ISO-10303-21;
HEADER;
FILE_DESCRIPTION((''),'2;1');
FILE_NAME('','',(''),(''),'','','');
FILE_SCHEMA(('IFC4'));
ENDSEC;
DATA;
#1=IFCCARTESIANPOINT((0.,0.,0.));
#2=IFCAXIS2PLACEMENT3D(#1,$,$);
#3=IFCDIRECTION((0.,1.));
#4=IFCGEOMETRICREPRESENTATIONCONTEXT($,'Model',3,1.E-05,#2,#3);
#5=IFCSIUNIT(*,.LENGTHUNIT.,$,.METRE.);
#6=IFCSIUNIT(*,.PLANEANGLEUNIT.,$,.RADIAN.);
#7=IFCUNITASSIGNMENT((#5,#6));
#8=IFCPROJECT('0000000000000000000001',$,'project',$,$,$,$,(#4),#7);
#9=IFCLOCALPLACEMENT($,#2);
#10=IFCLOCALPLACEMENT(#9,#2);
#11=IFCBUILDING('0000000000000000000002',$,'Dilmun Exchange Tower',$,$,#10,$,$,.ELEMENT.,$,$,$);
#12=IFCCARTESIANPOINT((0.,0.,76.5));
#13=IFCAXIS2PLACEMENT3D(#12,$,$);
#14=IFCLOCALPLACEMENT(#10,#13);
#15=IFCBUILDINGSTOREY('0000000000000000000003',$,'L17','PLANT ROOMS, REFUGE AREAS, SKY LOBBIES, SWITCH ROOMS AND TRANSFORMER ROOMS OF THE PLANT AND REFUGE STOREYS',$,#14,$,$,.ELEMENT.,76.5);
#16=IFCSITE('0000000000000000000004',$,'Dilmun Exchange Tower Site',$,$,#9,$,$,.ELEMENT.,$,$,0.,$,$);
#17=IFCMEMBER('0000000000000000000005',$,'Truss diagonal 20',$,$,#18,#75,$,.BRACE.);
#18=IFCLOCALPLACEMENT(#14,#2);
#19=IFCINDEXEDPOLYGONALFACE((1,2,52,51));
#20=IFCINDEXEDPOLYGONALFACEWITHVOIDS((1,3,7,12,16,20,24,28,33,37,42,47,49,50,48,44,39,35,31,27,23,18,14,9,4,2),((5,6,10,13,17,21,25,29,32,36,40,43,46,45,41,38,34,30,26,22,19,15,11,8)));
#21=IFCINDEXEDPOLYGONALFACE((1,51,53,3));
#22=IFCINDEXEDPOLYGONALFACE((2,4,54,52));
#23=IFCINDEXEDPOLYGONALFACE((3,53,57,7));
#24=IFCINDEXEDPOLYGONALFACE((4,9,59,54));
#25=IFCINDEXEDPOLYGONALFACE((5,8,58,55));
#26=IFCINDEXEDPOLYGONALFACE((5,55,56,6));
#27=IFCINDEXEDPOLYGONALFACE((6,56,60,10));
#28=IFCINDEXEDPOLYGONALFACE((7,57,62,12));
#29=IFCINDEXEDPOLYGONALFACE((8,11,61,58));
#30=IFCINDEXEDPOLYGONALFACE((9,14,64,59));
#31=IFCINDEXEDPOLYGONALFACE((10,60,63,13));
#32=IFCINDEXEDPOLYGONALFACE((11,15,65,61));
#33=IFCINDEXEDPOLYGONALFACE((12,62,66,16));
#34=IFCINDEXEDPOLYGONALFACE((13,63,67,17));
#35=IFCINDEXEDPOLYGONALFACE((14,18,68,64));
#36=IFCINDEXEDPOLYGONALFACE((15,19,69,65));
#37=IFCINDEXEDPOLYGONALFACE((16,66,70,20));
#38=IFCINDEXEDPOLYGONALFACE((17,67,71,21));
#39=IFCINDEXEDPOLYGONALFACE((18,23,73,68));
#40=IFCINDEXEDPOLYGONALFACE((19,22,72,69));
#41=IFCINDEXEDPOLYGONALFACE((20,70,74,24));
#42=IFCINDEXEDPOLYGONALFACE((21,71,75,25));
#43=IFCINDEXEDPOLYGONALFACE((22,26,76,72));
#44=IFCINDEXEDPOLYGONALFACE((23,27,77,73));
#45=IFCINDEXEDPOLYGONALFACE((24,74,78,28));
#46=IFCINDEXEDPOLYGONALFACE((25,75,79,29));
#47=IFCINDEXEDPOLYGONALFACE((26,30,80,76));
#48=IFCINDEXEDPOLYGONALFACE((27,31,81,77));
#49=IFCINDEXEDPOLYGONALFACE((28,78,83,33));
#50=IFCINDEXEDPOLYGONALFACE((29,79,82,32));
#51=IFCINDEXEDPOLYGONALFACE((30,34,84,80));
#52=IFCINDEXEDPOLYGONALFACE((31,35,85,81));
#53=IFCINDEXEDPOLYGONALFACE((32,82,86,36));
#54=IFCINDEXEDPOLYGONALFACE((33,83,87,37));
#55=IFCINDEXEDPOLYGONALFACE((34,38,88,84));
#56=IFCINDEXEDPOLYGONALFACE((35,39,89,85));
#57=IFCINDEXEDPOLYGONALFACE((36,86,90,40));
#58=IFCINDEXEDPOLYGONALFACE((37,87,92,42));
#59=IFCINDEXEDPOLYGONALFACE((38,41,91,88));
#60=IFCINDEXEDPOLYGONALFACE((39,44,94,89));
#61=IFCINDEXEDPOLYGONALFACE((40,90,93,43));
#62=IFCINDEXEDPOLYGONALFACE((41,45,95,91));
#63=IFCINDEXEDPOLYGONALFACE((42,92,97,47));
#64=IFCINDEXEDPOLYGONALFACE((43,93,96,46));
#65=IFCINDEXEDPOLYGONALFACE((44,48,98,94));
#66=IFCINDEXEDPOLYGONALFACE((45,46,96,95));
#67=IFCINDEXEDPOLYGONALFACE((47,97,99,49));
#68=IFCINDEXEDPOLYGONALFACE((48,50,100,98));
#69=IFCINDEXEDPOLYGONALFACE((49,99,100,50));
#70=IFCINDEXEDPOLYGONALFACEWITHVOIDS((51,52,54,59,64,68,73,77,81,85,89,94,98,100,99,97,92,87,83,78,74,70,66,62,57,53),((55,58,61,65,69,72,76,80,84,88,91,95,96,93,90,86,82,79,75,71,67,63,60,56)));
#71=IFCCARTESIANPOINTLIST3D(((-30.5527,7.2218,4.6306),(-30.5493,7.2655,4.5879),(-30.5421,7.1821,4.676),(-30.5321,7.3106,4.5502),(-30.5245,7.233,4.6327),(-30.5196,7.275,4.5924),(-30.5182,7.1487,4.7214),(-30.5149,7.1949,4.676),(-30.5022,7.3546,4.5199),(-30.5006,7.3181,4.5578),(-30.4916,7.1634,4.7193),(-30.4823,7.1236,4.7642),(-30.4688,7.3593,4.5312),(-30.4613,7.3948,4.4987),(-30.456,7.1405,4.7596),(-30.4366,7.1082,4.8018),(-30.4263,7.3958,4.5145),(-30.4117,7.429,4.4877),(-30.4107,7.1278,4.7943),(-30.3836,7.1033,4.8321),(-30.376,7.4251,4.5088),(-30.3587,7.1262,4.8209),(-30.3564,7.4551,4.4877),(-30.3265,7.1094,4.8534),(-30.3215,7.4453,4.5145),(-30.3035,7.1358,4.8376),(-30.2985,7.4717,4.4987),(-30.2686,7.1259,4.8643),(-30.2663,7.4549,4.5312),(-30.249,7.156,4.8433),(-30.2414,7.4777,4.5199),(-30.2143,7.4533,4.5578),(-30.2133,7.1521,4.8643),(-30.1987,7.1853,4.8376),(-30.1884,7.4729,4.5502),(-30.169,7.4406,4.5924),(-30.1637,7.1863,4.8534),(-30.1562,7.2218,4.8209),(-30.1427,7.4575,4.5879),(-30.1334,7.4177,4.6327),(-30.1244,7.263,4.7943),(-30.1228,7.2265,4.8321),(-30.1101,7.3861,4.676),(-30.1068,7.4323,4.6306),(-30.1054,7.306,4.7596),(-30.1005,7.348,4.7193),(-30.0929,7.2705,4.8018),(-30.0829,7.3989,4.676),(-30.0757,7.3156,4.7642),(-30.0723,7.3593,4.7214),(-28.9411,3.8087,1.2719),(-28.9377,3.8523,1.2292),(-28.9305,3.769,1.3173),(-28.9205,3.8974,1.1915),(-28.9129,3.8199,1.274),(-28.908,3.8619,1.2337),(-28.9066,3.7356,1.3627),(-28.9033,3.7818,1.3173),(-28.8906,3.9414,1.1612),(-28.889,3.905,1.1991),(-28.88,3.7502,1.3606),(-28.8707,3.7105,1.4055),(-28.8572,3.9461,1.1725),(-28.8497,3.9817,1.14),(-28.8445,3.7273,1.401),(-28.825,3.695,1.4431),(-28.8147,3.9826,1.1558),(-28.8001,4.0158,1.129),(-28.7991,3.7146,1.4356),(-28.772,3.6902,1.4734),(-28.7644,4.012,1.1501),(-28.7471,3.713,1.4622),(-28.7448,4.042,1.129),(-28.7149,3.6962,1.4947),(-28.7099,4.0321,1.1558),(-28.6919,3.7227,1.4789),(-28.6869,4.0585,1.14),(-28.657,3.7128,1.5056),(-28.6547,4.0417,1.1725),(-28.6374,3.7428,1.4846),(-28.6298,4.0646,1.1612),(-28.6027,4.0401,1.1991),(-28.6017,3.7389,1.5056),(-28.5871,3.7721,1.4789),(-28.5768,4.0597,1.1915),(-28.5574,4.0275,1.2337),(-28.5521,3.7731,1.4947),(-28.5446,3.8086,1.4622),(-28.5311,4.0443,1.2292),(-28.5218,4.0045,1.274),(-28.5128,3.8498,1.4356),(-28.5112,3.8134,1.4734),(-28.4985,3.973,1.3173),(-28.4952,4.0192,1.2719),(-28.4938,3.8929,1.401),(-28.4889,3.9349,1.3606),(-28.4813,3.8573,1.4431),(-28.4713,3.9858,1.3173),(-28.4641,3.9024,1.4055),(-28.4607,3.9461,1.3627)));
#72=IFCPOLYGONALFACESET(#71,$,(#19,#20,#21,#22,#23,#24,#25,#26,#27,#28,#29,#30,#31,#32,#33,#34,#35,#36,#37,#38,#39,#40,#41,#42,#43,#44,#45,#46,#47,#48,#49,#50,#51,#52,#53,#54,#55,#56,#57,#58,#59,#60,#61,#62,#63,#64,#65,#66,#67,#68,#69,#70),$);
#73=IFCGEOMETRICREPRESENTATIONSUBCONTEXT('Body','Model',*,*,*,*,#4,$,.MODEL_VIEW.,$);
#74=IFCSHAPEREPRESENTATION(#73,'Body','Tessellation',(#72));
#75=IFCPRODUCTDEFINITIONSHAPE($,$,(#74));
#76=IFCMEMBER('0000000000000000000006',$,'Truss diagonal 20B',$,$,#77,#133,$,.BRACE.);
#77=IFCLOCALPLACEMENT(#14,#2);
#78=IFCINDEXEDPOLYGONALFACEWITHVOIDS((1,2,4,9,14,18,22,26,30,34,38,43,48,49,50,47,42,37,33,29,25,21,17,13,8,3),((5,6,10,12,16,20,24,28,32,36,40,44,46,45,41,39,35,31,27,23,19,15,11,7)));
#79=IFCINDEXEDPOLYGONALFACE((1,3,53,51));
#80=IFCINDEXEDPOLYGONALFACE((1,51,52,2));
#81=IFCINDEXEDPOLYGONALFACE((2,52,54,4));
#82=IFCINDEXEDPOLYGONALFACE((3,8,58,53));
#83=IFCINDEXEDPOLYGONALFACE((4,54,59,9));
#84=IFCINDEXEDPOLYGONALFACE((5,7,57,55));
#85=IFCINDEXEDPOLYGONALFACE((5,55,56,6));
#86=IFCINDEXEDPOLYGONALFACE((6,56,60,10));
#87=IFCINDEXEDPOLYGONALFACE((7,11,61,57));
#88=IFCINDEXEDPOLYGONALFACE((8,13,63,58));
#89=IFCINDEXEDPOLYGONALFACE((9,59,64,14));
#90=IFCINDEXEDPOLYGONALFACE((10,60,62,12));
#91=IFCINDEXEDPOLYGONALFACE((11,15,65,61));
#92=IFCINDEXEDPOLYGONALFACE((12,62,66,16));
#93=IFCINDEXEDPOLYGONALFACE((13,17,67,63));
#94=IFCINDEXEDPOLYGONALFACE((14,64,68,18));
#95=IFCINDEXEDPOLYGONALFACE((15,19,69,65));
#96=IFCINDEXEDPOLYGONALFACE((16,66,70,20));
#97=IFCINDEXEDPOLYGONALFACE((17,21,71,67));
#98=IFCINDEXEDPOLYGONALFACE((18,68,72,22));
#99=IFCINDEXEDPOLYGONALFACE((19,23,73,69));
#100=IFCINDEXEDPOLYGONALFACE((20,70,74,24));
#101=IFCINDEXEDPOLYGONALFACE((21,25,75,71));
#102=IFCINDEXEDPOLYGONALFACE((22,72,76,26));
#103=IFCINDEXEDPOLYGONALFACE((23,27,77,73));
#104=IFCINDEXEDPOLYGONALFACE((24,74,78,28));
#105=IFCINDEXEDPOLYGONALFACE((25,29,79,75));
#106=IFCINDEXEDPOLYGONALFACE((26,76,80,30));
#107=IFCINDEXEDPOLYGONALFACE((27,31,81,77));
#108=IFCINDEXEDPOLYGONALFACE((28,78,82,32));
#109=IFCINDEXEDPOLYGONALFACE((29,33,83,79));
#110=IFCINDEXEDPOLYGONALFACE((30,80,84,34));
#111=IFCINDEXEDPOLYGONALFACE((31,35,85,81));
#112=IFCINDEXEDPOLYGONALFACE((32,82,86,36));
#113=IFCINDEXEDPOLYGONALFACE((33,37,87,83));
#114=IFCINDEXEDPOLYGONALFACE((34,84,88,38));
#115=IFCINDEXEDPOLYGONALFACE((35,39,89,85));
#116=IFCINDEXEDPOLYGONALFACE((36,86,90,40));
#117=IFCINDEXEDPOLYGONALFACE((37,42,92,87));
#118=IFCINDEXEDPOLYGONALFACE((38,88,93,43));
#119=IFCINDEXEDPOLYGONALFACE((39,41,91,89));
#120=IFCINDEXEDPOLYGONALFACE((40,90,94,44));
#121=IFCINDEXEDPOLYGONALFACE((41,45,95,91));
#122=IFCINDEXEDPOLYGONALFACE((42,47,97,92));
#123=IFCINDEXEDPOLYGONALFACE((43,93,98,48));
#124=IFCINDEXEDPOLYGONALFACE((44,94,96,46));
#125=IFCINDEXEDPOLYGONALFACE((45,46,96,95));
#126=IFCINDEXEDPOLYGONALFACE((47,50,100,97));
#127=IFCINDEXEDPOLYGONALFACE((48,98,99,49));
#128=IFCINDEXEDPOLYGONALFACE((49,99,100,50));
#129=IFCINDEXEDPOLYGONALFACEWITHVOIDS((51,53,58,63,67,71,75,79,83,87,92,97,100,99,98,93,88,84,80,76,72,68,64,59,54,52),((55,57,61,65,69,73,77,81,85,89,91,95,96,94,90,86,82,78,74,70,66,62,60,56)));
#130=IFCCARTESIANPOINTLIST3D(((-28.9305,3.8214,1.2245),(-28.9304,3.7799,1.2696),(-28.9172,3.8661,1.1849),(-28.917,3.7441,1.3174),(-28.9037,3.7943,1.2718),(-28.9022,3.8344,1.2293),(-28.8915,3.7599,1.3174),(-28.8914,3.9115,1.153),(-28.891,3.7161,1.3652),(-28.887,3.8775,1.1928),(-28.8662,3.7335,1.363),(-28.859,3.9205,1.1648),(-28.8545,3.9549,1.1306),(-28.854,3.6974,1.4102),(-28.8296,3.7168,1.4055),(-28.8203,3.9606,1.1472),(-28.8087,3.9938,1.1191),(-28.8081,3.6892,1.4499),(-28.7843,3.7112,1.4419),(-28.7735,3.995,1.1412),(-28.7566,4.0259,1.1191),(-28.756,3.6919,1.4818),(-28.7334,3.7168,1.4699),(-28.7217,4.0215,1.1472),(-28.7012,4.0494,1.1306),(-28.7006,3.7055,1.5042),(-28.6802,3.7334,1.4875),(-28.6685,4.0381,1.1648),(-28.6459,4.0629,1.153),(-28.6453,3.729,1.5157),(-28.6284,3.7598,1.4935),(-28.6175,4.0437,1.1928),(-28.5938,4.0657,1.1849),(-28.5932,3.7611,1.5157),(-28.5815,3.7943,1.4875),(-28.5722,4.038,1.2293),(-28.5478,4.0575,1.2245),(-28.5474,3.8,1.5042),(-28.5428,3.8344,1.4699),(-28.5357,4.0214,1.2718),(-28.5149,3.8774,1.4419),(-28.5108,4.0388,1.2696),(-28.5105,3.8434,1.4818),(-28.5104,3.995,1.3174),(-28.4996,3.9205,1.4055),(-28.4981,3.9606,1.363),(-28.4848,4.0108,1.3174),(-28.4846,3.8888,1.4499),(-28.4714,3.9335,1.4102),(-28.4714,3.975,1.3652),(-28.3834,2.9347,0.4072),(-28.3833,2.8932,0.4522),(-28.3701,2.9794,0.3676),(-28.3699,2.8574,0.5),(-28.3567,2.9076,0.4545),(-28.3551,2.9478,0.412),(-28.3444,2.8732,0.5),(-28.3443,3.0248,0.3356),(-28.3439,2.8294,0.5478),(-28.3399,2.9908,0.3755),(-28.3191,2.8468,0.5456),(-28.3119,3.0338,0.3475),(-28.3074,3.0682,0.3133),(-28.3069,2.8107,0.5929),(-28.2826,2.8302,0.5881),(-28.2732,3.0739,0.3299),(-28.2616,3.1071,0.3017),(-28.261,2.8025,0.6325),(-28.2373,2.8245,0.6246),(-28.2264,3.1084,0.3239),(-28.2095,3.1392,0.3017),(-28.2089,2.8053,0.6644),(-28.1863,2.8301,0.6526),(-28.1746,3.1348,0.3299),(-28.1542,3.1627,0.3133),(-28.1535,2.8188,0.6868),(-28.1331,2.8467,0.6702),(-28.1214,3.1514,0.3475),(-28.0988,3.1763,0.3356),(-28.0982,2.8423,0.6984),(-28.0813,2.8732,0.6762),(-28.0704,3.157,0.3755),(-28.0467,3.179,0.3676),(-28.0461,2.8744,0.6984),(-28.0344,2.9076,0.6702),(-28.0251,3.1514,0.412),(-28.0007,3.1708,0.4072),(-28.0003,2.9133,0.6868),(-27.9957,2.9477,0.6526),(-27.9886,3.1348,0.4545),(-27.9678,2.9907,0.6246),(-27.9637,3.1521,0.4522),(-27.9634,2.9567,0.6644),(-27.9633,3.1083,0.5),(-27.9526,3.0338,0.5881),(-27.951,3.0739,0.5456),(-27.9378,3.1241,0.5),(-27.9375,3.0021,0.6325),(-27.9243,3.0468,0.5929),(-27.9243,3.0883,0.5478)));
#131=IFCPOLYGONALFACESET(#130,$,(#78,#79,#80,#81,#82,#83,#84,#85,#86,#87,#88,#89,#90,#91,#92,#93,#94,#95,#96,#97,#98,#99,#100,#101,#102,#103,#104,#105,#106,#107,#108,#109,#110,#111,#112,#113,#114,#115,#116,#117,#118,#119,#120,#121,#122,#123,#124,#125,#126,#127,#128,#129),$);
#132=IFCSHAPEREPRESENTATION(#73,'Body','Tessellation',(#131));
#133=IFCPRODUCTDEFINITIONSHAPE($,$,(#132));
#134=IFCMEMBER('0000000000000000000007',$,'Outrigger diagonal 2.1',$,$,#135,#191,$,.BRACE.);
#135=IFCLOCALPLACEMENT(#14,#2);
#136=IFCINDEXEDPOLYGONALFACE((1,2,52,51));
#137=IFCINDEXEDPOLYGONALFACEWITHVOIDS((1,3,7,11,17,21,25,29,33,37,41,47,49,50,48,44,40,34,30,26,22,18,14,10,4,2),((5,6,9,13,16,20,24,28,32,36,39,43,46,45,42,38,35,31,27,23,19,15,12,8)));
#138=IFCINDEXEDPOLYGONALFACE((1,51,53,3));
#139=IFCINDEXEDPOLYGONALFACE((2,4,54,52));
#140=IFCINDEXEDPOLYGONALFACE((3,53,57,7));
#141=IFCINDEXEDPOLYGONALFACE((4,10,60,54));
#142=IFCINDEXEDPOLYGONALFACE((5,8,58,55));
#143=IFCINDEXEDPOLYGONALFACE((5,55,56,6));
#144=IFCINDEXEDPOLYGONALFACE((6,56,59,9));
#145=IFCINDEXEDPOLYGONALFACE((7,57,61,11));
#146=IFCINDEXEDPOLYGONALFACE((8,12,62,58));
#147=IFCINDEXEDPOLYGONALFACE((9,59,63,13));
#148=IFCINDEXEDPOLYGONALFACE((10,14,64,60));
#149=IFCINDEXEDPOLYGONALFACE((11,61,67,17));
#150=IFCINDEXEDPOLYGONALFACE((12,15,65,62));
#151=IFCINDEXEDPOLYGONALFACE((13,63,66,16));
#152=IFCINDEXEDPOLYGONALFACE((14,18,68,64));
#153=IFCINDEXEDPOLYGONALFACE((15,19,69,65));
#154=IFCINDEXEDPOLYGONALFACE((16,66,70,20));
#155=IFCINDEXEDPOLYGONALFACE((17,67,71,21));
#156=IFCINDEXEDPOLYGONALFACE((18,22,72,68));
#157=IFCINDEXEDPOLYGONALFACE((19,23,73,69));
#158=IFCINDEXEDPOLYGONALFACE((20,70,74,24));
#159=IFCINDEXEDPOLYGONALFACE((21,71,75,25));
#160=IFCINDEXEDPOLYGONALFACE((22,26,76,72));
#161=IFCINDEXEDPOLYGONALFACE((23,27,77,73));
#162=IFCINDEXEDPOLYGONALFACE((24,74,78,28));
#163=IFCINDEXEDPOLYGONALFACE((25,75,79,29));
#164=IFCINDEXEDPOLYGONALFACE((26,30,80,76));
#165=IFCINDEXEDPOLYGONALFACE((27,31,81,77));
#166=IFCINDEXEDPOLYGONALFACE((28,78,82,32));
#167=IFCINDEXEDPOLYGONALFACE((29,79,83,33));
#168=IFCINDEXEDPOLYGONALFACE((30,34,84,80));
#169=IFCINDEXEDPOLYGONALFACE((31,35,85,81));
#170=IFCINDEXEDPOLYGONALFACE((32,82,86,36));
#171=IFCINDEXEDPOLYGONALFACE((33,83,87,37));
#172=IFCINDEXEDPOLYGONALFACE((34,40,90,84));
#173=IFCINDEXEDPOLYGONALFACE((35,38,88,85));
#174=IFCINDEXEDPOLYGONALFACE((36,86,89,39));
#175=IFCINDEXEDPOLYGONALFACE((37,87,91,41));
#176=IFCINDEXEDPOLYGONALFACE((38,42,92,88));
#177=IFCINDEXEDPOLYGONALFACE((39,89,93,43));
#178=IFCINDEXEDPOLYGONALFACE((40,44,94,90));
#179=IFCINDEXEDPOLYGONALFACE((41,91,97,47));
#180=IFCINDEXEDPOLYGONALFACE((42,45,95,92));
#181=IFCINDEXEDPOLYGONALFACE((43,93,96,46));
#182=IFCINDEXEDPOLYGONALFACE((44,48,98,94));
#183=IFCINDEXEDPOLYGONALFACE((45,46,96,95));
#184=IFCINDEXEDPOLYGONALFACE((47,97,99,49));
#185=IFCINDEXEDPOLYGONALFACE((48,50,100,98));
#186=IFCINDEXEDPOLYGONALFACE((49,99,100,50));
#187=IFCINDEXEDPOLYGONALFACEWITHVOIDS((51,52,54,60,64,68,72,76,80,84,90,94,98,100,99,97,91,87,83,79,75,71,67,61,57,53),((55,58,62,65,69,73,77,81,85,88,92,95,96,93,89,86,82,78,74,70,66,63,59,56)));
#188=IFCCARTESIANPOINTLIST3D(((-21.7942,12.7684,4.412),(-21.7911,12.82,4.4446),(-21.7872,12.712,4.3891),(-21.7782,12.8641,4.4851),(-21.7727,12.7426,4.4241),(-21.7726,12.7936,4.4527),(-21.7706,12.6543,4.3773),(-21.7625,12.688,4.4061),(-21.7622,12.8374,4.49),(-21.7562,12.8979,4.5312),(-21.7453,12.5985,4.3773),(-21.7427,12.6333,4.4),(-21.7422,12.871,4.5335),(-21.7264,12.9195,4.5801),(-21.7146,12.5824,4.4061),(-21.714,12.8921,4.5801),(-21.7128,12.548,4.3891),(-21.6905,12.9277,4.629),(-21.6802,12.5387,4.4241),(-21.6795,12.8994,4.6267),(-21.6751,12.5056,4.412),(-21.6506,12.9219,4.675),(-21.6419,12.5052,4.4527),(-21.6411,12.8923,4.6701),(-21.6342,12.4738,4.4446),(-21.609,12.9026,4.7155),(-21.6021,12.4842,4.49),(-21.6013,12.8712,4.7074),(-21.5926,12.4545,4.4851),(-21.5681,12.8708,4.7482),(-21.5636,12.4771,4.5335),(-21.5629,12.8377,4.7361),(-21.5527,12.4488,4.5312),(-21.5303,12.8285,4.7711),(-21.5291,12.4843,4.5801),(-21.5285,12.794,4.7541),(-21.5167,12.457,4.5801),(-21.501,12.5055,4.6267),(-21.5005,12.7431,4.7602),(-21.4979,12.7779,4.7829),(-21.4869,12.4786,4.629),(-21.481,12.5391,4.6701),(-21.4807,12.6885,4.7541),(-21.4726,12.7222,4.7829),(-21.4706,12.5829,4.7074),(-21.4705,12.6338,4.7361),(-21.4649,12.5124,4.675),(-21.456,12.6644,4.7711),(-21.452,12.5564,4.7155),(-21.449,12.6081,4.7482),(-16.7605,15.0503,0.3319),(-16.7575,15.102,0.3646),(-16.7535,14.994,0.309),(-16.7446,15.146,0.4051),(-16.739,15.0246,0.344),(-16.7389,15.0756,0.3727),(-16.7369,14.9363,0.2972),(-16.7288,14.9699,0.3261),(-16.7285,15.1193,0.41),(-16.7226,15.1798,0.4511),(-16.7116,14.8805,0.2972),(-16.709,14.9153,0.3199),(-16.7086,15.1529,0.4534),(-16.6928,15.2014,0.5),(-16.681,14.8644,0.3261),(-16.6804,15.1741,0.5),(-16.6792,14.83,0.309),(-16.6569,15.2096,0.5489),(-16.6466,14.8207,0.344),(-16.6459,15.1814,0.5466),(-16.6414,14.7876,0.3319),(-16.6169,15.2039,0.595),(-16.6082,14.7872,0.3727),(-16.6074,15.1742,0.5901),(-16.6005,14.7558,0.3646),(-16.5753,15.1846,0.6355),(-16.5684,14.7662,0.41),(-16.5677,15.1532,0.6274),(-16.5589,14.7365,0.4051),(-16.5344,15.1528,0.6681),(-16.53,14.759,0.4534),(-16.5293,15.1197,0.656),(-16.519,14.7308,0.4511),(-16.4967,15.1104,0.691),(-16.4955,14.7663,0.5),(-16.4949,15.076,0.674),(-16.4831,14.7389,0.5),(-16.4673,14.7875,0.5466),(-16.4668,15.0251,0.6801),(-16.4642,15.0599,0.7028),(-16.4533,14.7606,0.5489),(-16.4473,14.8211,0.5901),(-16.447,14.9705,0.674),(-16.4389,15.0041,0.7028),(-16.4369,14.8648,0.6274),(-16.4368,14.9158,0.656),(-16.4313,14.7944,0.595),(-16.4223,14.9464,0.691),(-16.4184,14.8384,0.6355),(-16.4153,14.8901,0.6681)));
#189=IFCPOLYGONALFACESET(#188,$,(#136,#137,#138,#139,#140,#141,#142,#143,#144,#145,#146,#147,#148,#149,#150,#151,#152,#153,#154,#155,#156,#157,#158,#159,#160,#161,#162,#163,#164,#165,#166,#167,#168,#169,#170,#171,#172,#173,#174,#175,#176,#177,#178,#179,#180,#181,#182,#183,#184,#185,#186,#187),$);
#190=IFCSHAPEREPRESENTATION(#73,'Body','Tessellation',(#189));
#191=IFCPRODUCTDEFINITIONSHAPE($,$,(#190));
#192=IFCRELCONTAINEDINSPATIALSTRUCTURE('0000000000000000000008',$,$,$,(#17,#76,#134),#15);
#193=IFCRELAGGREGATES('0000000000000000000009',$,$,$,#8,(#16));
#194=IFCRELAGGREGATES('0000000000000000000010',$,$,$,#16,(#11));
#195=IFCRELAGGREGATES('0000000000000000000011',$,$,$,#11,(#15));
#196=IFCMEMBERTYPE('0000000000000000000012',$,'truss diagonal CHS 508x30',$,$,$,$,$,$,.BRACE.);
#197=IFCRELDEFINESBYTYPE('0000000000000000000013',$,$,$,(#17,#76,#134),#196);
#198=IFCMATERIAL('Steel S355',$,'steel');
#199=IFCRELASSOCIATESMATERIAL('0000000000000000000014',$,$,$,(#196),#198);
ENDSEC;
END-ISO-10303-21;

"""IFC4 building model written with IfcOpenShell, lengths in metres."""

from ifc_helpers import new_model, si_unit, direction, frame, origin, origin_2d, place, context, subcontext, project, spatial, hollow_circle, extrude, material, material_profile, profile_set, type_object, element, save


model = new_model("IFC4")

# Units and contexts
model_context = context("Model", 3, precision=1e-05, world=origin(), true_north=direction((0.0, 1.0)))
body_context = subcontext(model_context, "Body", "Model", "MODEL_VIEW")
ifc_project = project(units=[si_unit("LENGTHUNIT", "METRE"), si_unit("PLANEANGLEUNIT", "RADIAN")], contexts=[model_context])

# Site, building, storey
site_placement = place(None, origin())
site = spatial("IfcSite", under=ifc_project, at=site_placement, Name="Dilmun Exchange Tower Site", CompositionType="ELEMENT", RefElevation=0.0)
building_placement = place(site_placement, origin())
building = spatial("IfcBuilding", under=site, at=building_placement, Name="Dilmun Exchange Tower", CompositionType="ELEMENT")
storey_placement = place(building_placement, frame((0.0, 0.0, 76.5)))
storey = spatial("IfcBuildingStorey", under=building, at=storey_placement, Name="L17", Description="PLANT ROOMS, REFUGE AREAS, SKY LOBBIES, SWITCH ROOMS AND TRANSFORMER ROOMS OF THE PLANT AND REFUGE STOREYS", CompositionType="ELEMENT", Elevation=76.5)

# Shared definitions
ifc_material_1 = material(Name="Steel S355", Category="steel")

# Members
ifc_material_profile_1 = material_profile(ifc_material_1, hollow_circle(Radius=0.2539, WallThickness=0.03, at=origin_2d()), Name="CHS 508x30")
ifc_profile_set_1 = profile_set([ifc_material_profile_1], Name="Steel S355")
member_type_1 = type_object("IfcMemberType", Name="truss diagonal CHS 508x30", PredefinedType="BRACE", material=ifc_profile_set_1)
member_1_placement = place(storey_placement, frame((-30.3125, 7.2905, 4.676), z_axis=(0.318971, -0.675537, -0.664761), x_axis=(0.904265, 0.426971, 0.0)))
element("IfcMember", 1, at=member_1_placement, inside=storey, type_object=member_type_1, Name="Truss diagonal 20", PredefinedType="BRACE", context=body_context, shape_type="SweptSolid", body=[
    extrude(hollow_circle(Radius=0.2539, WallThickness=0.03, at=origin_2d()), origin(), (0.0, 0.0, 1.0), 5.0525),
])
member_2_placement = place(storey_placement, frame((-28.7009, 3.8774, 1.3174), z_axis=(0.413144, -0.669584, -0.617227), x_axis=(0.851038, 0.525104, 0.0)))
element("IfcMember", 2, at=member_2_placement, inside=storey, type_object=member_type_1, Name="Truss diagonal 20B", PredefinedType="BRACE", context=body_context, shape_type="SweptSolid", body=[
    extrude(hollow_circle(Radius=0.2539, WallThickness=0.03, at=origin_2d()), origin(), (0.0, 0.0, 1.0), 1.3242),
])
member_3_placement = place(storey_placement, frame((-21.6216, 12.6882, 4.5801), z_axis=(0.73274, 0.332182, -0.593925), x_axis=(-0.412894, 0.910779, 0.0)))
element("IfcMember", 3, at=member_3_placement, inside=storey, type_object=member_type_1, Name="Outrigger diagonal 2.1", PredefinedType="BRACE", context=body_context, shape_type="SweptSolid", body=[
    extrude(hollow_circle(Radius=0.2539, WallThickness=0.03, at=origin_2d()), origin(), (0.0, 0.0, 1.0), 6.8696),
])

save(model, "model.ifc")
